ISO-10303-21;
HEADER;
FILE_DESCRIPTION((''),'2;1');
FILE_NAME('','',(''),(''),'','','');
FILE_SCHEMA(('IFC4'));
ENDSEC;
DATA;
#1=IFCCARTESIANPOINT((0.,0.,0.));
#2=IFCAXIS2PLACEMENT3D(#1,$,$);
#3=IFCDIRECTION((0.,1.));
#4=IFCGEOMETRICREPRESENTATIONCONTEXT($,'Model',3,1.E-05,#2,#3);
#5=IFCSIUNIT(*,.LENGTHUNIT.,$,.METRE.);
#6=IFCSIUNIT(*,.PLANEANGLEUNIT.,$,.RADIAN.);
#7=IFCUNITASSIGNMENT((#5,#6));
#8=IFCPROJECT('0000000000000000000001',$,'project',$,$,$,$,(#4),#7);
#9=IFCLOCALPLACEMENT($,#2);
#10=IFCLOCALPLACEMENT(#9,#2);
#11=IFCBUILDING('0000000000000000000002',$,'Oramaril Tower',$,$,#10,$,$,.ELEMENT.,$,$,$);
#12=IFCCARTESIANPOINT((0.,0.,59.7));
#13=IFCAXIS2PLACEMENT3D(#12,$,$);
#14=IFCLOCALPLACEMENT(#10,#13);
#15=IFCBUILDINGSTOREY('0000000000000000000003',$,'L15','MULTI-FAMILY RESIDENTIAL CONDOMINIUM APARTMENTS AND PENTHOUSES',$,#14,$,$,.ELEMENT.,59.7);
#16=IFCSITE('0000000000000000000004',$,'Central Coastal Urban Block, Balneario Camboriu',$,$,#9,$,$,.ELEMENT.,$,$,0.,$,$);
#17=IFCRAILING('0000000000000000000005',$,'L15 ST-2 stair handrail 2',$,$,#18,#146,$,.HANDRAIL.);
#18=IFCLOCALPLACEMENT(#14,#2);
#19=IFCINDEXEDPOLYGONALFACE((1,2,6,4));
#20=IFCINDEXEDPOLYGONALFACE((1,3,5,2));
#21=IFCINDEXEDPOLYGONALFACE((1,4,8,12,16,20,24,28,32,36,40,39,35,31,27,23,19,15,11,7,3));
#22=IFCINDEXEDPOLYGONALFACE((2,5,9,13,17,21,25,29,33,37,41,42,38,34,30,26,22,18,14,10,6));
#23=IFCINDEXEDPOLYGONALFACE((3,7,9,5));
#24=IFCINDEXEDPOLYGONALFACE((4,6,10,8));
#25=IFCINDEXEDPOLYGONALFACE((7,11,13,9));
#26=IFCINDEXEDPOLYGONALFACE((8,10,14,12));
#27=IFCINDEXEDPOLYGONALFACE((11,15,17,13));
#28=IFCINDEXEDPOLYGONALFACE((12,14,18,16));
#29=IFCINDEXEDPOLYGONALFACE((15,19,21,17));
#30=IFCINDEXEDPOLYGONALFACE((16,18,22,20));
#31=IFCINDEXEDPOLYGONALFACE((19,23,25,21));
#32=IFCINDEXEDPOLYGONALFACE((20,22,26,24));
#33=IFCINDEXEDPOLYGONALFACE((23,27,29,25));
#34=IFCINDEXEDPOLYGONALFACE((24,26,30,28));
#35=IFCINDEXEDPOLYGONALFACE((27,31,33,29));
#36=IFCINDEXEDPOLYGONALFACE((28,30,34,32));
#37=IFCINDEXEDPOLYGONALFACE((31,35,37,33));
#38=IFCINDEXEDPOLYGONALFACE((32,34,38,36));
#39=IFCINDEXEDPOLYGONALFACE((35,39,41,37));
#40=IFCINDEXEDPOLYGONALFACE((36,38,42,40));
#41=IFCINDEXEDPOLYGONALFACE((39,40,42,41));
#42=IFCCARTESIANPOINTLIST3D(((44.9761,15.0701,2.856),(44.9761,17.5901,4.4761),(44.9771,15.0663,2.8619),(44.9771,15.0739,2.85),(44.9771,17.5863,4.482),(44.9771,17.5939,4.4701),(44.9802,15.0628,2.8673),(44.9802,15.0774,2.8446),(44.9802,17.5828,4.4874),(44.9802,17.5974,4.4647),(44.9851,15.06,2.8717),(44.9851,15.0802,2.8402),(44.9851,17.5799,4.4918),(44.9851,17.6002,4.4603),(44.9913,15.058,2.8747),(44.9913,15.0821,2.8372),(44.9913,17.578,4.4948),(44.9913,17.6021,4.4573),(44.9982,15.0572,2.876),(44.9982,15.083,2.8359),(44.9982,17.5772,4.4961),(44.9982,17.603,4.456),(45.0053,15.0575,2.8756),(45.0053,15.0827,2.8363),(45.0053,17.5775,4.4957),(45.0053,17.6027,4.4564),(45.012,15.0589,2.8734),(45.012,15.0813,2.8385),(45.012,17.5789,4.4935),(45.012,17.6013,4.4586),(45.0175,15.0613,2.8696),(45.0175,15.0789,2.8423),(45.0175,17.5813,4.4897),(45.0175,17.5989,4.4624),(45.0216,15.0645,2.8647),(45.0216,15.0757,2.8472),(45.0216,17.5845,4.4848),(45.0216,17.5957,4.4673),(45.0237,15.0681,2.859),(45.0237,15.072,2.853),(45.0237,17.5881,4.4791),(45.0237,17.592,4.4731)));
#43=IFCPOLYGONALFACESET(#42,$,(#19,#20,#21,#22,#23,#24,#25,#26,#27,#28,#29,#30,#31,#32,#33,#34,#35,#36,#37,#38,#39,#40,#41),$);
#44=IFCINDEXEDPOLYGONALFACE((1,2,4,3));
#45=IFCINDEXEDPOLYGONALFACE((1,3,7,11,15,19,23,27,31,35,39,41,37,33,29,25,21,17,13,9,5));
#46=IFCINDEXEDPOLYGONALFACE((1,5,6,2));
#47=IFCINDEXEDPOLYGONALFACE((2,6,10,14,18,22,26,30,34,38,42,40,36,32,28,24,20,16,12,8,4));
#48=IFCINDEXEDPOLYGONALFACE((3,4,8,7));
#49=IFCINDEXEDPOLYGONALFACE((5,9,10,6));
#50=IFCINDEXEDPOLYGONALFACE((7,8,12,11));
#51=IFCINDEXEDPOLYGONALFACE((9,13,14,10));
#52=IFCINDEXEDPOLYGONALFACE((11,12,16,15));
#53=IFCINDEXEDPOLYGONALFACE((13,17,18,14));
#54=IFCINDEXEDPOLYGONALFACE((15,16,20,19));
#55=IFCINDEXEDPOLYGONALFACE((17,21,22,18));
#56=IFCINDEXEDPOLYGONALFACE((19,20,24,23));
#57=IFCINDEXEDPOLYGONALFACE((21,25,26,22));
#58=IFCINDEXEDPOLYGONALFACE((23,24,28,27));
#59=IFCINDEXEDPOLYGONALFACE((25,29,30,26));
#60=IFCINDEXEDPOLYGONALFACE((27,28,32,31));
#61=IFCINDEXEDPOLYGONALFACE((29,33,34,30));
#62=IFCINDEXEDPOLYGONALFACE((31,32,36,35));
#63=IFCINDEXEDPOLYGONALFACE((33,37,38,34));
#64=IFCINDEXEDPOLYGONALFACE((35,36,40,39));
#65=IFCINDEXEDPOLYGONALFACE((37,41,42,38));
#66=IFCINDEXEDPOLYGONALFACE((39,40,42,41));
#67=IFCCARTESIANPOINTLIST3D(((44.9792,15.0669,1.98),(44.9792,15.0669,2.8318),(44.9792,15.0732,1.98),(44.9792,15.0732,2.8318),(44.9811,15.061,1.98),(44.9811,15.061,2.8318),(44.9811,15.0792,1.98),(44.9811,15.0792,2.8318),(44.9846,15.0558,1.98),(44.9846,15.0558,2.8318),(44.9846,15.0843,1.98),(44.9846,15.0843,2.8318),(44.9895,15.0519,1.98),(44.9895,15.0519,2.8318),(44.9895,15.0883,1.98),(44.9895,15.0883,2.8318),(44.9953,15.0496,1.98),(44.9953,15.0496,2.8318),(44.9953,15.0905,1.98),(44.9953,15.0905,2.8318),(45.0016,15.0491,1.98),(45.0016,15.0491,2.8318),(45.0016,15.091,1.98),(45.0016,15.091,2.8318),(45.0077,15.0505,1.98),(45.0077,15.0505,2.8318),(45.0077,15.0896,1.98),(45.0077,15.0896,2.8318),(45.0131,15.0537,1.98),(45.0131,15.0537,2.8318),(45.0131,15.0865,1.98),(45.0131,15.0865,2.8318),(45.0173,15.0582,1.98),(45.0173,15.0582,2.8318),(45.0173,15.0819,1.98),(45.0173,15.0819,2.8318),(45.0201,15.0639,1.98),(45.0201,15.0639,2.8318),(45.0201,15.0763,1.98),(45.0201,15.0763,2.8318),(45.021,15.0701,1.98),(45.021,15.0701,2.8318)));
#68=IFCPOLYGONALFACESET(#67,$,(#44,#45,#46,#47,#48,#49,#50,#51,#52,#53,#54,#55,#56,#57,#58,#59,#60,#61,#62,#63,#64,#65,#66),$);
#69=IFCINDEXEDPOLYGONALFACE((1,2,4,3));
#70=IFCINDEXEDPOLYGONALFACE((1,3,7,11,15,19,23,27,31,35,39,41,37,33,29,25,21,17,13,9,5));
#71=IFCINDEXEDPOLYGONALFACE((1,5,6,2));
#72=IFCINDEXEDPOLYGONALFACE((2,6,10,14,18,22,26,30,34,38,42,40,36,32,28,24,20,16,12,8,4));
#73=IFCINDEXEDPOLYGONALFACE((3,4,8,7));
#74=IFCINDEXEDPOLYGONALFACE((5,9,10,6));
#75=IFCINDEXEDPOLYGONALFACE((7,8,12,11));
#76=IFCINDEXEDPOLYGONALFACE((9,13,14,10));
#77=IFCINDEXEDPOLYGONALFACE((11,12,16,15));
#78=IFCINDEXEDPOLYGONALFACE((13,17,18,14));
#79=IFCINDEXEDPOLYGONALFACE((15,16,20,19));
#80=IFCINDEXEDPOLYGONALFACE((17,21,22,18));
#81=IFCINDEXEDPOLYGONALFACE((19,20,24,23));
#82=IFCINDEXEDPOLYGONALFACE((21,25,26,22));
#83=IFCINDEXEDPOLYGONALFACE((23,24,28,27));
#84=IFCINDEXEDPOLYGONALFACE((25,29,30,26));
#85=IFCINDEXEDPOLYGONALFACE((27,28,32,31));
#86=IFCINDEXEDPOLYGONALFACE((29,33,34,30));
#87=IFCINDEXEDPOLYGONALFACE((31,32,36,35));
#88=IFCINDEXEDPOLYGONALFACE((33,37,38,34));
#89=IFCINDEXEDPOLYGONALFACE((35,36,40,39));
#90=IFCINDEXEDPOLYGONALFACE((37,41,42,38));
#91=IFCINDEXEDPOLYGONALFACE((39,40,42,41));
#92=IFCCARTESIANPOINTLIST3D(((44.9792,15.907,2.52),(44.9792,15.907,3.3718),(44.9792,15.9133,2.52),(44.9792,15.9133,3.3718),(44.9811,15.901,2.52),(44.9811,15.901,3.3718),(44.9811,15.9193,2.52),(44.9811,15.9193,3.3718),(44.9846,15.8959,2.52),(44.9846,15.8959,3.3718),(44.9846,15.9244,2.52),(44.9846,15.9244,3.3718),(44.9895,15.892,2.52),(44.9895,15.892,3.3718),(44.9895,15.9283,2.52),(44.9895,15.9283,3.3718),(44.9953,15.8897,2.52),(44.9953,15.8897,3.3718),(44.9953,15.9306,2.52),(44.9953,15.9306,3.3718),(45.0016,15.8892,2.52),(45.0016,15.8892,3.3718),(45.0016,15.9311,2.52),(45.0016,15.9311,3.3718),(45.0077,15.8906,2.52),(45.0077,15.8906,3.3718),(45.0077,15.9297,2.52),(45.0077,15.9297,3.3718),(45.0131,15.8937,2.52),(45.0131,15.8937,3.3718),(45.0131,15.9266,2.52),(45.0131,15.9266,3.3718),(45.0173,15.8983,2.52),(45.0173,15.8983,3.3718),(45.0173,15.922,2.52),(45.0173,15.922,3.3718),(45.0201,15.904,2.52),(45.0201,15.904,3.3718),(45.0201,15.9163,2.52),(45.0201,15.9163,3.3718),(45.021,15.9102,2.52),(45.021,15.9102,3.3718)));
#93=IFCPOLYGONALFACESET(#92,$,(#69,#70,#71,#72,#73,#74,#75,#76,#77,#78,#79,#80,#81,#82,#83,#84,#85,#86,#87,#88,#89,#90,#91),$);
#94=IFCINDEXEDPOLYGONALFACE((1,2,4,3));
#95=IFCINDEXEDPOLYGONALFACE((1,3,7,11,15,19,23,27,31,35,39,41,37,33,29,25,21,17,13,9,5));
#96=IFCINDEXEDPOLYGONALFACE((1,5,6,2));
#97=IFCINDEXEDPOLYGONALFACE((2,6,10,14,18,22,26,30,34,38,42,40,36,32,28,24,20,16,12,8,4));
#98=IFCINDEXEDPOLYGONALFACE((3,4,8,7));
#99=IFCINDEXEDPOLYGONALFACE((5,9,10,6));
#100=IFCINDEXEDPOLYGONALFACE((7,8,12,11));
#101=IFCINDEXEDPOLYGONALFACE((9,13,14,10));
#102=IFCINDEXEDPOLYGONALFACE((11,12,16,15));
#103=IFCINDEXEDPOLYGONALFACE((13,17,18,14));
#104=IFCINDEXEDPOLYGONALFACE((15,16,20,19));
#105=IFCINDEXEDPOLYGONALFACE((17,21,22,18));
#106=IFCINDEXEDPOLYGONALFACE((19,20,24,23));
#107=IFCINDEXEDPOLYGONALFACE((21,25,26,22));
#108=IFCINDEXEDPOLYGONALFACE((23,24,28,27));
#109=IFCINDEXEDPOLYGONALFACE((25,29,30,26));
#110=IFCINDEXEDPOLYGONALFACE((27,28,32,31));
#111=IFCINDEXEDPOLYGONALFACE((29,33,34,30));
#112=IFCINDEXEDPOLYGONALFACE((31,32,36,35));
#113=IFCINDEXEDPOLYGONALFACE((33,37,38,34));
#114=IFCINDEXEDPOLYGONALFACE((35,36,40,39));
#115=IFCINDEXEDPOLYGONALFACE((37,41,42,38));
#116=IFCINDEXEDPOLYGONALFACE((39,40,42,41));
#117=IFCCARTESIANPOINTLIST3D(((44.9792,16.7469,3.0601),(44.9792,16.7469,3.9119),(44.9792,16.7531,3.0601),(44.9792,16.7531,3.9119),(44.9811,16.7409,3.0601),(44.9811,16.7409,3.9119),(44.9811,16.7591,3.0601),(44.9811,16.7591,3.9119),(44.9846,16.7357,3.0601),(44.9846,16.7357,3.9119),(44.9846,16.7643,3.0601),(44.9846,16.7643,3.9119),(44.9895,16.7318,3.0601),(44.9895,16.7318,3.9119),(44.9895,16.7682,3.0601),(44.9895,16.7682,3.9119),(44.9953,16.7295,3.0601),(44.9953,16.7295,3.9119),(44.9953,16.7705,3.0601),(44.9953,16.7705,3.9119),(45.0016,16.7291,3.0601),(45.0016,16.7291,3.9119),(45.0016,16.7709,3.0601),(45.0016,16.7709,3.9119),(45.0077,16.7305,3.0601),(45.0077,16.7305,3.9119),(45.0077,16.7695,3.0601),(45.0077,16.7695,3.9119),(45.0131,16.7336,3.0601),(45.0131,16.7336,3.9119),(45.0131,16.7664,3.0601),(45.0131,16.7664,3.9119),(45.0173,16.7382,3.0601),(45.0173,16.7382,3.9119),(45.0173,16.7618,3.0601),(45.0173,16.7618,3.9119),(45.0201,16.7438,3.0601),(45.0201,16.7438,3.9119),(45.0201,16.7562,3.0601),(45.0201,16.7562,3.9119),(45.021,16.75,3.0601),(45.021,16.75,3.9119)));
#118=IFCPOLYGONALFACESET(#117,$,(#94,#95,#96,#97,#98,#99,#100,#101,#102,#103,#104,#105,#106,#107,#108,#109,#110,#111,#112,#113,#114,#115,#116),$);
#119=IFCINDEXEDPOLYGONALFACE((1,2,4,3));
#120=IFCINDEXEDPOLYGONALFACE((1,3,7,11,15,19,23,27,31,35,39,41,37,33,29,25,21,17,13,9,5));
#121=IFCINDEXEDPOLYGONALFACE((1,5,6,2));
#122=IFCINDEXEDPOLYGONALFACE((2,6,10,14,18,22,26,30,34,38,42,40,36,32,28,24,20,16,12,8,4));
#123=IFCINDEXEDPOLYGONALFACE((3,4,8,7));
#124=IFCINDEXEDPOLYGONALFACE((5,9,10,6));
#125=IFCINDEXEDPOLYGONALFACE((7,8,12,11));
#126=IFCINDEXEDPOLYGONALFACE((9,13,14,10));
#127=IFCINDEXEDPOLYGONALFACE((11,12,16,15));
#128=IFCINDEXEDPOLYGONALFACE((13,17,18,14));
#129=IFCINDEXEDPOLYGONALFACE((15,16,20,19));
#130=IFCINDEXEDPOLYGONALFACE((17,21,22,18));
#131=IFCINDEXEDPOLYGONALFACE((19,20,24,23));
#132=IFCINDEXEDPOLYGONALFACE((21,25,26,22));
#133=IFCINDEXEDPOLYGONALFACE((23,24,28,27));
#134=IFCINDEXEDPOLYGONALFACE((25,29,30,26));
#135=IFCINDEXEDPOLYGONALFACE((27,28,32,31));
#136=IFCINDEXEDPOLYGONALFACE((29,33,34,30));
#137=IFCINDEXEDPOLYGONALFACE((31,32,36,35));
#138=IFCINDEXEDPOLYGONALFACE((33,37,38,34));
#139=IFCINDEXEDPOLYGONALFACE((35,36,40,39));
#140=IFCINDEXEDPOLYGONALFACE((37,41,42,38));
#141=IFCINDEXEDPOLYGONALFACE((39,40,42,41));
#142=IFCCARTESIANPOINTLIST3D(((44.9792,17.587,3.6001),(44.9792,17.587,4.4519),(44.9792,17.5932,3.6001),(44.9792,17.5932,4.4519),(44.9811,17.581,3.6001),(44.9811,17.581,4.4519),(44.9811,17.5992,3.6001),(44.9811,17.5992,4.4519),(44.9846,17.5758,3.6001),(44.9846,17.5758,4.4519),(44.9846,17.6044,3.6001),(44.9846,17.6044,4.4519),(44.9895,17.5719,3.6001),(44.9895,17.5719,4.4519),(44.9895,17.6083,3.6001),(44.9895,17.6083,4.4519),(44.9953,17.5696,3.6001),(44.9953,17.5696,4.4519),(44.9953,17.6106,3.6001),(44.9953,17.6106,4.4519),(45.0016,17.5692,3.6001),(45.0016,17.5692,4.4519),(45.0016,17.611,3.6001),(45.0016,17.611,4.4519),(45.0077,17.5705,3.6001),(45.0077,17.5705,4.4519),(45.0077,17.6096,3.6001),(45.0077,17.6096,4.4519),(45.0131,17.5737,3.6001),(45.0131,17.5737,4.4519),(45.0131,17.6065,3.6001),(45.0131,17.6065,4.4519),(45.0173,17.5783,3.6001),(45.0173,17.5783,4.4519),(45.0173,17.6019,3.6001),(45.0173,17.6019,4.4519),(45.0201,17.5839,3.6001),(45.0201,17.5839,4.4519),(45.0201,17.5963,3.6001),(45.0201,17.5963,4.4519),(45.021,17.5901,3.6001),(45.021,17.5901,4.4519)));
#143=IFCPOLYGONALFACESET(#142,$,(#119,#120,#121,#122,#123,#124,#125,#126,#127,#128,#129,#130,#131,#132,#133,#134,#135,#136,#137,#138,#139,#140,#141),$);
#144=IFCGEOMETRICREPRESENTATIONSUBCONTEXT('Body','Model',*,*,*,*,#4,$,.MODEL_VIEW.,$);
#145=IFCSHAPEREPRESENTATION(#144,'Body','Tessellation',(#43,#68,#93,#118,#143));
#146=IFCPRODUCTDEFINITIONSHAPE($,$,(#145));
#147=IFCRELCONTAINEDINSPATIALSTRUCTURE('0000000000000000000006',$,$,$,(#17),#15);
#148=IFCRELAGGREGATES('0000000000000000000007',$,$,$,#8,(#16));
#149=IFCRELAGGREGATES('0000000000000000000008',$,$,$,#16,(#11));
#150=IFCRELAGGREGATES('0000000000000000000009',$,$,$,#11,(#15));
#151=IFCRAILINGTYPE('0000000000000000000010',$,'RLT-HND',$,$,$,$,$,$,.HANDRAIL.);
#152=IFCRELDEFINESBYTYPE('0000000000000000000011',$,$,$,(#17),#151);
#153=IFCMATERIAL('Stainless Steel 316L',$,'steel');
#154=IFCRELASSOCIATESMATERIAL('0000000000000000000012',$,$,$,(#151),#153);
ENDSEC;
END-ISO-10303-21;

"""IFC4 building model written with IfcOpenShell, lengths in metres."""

from ifc_helpers import new_model, si_unit, direction, frame, origin, origin_2d, place, context, subcontext, project, spatial, circle, extrude, material, type_object, element, save


model = new_model("IFC4")

# Units and contexts
model_context = context("Model", 3, precision=1e-05, world=origin(), true_north=direction((0.0, 1.0)))
body_context = subcontext(model_context, "Body", "Model", "MODEL_VIEW")
ifc_project = project(units=[si_unit("LENGTHUNIT", "METRE"), si_unit("PLANEANGLEUNIT", "RADIAN")], contexts=[model_context])

# Site, building, storey
site_placement = place(None, origin())
site = spatial("IfcSite", under=ifc_project, at=site_placement, Name="Central Coastal Urban Block, Balneario Camboriu", CompositionType="ELEMENT", RefElevation=0.0)
building_placement = place(site_placement, origin())
building = spatial("IfcBuilding", under=site, at=building_placement, Name="Oramaril Tower", CompositionType="ELEMENT")
storey_placement = place(building_placement, frame((0.0, 0.0, 59.7)))
storey = spatial("IfcBuildingStorey", under=building, at=storey_placement, Name="L15", Description="MULTI-FAMILY RESIDENTIAL CONDOMINIUM APARTMENTS AND PENTHOUSES", CompositionType="ELEMENT", Elevation=59.7)

# Railing
ifc_material_1 = material(Name="Stainless Steel 316L", Category="steel")
railing_type_1 = type_object("IfcRailingType", Name="RLT-HND", PredefinedType="HANDRAIL", material=ifc_material_1)
railing_1_placement = place(storey_placement, frame((45.0, 15.0701, 1.98)))
element("IfcRailing", 1, at=railing_1_placement, inside=storey, type_object=railing_type_1, Name="L15 ST-2 stair handrail 2", PredefinedType="HANDRAIL", context=body_context, shape_type="SweptSolid", body=[
    extrude(circle(Radius=0.0239, at=origin_2d()), frame((0.0, 0.0, 0.876), z_axis=(0.0, 0.841163, 0.540782), x_axis=(-1.0, 0.0, 0.0)), (0.0, 0.0, 1.0), 2.9958),
    extrude(circle(Radius=0.021, at=origin_2d()), origin(), (0.0, 0.0, 1.0), 0.8518),
    extrude(circle(Radius=0.021, at=origin_2d()), frame((0.0, 0.8401, 0.54)), (0.0, 0.0, 1.0), 0.8518),
    extrude(circle(Radius=0.021, at=origin_2d()), frame((0.0, 1.6799, 1.0801)), (0.0, 0.0, 1.0), 0.8518),
    extrude(circle(Radius=0.021, at=origin_2d()), frame((0.0, 2.52, 1.6201)), (0.0, 0.0, 1.0), 0.8518),
])

save(model, "model.ifc")
